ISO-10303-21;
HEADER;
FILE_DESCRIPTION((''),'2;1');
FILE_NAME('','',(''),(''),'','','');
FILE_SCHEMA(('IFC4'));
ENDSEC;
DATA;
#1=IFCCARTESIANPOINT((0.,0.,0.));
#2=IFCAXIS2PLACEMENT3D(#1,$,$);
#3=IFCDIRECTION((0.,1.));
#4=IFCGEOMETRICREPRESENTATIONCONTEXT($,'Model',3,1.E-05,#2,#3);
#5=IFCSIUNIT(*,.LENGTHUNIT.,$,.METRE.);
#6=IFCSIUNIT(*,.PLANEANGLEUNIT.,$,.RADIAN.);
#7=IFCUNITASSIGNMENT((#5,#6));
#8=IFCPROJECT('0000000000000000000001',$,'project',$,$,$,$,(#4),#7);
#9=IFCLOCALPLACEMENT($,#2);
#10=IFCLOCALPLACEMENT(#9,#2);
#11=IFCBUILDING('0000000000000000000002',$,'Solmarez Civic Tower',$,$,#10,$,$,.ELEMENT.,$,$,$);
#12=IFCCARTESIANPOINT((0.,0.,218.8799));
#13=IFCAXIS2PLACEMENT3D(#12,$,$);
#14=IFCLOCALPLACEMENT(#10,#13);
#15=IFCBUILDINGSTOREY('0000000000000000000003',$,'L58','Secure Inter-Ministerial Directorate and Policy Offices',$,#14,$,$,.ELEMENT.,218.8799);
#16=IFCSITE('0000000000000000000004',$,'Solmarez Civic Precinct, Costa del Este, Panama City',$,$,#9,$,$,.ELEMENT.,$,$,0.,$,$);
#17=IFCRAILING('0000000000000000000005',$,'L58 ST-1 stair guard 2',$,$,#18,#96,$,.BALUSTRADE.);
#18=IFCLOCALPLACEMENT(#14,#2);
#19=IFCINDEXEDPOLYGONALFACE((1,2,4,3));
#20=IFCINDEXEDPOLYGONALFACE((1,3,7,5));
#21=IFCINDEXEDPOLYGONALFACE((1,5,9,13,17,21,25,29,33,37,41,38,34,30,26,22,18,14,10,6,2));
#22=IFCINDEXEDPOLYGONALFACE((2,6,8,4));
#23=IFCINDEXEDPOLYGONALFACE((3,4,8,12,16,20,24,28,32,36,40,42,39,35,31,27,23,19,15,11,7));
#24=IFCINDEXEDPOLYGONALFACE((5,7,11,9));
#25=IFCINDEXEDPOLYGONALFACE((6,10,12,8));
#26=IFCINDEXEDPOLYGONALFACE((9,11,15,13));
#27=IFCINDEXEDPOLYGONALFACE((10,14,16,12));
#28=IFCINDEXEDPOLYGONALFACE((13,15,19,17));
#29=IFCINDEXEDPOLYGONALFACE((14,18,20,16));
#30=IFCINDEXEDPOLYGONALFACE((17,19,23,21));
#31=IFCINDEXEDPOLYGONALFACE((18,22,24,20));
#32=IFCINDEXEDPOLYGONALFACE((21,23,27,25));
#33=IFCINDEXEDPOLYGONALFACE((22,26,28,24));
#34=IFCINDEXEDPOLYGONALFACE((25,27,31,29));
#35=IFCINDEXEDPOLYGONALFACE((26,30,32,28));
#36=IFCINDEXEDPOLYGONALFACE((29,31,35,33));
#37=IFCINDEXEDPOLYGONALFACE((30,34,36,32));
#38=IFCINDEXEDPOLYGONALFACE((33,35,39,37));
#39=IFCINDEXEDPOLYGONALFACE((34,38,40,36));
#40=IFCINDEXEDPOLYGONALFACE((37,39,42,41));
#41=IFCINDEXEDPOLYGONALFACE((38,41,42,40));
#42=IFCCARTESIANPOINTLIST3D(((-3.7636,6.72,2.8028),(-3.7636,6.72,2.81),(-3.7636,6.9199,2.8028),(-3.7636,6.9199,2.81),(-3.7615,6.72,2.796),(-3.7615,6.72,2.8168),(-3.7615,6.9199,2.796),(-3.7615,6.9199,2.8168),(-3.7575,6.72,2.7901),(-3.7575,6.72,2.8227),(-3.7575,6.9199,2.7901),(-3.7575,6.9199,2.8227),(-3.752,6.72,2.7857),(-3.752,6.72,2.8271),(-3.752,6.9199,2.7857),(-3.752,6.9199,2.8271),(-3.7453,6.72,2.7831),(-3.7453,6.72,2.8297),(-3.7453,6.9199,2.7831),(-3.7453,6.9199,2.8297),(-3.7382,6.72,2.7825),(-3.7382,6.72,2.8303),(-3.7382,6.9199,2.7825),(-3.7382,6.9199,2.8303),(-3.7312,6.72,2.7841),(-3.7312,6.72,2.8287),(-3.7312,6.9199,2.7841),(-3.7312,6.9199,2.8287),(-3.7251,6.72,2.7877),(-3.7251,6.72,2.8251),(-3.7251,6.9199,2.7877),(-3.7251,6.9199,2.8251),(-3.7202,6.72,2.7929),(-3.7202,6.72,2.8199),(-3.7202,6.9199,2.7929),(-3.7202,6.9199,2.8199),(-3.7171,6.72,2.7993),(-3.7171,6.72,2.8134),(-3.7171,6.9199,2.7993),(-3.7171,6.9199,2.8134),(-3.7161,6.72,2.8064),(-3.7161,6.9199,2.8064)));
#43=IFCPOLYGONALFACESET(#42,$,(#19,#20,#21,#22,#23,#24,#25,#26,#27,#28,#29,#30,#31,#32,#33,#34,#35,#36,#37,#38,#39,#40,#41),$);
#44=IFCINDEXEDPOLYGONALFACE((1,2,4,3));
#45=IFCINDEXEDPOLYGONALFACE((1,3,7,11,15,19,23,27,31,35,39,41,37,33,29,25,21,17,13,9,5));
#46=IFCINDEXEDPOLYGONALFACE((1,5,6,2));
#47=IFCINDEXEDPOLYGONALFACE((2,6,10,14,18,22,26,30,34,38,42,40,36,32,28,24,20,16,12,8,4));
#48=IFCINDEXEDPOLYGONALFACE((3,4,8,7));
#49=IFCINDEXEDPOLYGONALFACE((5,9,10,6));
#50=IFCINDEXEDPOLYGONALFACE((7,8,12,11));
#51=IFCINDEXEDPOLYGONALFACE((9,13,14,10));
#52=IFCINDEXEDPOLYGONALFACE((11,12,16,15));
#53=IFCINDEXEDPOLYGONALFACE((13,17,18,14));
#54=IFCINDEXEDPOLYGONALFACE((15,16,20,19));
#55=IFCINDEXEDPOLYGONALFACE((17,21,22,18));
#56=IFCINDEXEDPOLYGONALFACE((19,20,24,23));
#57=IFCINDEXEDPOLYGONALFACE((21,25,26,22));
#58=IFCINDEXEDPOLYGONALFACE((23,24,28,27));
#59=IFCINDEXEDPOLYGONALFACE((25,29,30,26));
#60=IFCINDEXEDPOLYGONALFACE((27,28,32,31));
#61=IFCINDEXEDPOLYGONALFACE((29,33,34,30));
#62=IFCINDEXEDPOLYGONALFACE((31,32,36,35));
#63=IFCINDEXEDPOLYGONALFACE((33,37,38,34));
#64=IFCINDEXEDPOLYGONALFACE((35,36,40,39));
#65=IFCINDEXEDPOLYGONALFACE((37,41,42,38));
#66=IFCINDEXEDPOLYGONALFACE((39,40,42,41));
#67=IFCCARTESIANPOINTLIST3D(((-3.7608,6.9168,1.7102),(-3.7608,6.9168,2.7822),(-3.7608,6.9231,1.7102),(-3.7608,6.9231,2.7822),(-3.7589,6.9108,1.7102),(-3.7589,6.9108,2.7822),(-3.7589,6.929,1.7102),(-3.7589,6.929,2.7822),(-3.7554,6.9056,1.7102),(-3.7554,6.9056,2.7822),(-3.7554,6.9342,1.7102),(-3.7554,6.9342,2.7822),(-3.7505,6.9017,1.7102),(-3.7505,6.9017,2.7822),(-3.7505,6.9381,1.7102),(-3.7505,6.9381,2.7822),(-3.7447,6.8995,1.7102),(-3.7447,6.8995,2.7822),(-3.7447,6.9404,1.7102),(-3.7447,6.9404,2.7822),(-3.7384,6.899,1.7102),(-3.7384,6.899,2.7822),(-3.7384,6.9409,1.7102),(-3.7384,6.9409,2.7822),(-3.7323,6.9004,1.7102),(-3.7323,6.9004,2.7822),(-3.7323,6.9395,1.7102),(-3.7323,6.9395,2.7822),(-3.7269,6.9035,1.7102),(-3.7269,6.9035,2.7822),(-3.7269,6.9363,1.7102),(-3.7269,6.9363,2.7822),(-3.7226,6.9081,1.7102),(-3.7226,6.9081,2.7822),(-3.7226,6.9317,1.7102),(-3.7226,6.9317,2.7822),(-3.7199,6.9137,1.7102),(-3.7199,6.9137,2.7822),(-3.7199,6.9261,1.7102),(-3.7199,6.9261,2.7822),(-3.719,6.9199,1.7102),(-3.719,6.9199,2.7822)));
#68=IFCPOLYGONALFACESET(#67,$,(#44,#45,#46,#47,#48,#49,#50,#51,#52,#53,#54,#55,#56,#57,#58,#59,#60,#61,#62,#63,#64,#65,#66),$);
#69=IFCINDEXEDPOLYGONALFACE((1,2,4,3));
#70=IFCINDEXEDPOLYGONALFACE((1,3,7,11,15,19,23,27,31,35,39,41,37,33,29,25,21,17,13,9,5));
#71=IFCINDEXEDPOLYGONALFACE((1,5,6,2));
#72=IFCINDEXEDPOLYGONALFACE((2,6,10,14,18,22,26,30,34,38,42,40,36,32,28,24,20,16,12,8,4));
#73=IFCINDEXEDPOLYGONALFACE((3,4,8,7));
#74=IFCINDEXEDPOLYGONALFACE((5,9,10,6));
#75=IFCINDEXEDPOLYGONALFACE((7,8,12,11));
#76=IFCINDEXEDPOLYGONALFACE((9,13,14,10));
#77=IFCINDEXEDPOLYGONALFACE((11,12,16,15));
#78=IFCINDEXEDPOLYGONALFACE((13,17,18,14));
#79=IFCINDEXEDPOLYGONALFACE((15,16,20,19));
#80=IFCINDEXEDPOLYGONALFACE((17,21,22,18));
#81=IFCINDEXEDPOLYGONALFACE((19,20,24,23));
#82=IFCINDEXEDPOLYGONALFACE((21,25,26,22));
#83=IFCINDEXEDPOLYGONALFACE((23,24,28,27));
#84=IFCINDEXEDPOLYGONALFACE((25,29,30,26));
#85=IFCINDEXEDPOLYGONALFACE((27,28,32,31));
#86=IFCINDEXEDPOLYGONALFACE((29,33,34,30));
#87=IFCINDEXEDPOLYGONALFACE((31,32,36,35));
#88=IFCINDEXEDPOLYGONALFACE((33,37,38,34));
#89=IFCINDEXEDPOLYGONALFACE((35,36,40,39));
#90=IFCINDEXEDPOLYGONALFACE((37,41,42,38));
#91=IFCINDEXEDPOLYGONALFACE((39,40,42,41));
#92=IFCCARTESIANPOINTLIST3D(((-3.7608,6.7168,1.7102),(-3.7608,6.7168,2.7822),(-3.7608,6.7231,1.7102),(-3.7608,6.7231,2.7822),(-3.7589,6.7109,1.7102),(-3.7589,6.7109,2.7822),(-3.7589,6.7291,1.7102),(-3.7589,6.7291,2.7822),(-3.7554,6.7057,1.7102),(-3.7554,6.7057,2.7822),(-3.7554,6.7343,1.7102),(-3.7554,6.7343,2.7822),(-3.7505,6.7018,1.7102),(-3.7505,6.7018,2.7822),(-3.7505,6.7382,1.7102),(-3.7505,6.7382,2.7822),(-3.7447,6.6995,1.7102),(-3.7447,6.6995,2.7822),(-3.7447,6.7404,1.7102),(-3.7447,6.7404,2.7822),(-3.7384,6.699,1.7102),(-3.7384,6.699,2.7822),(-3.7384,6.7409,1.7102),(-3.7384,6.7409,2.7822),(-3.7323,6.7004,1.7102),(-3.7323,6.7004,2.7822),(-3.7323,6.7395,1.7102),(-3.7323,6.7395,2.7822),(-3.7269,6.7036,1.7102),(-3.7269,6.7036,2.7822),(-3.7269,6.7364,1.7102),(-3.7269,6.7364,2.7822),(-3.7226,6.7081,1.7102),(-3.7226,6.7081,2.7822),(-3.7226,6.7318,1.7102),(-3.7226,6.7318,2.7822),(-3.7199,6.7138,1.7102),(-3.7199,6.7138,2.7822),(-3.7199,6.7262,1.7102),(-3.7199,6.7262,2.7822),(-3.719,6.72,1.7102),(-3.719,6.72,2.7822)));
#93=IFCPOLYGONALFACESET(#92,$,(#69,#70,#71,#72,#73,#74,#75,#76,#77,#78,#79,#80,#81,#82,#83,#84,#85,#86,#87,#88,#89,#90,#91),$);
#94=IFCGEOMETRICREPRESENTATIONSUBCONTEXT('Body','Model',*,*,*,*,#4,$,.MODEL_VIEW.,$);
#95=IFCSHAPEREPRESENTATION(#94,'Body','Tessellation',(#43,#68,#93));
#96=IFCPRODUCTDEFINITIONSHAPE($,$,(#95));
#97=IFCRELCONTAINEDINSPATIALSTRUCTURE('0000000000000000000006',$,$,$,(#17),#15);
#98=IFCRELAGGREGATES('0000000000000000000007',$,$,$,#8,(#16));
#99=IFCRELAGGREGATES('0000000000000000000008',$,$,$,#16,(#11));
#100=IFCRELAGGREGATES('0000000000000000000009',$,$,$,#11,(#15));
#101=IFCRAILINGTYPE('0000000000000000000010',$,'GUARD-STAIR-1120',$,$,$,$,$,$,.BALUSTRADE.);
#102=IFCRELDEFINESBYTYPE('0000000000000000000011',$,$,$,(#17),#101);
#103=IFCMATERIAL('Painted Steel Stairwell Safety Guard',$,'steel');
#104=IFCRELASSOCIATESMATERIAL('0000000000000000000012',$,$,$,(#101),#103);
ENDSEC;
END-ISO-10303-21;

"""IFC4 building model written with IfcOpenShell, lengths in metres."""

from ifc_helpers import new_model, si_unit, direction, frame, origin, origin_2d, place, context, subcontext, project, spatial, circle, extrude, material, type_object, element, save


model = new_model("IFC4")

# Units and contexts
model_context = context("Model", 3, precision=1e-05, world=origin(), true_north=direction((0.0, 1.0)))
body_context = subcontext(model_context, "Body", "Model", "MODEL_VIEW")
ifc_project = project(units=[si_unit("LENGTHUNIT", "METRE"), si_unit("PLANEANGLEUNIT", "RADIAN")], contexts=[model_context])

# Site, building, storey
site_placement = place(None, origin())
site = spatial("IfcSite", under=ifc_project, at=site_placement, Name="Solmarez Civic Precinct, Costa del Este, Panama City", CompositionType="ELEMENT", RefElevation=0.0)
building_placement = place(site_placement, origin())
building = spatial("IfcBuilding", under=site, at=building_placement, Name="Solmarez Civic Tower", CompositionType="ELEMENT")
storey_placement = place(building_placement, frame((0.0, 0.0, 218.8799)))
storey = spatial("IfcBuildingStorey", under=building, at=storey_placement, Name="L58", Description="Secure Inter-Ministerial Directorate and Policy Offices", CompositionType="ELEMENT", Elevation=218.8799)

# Railing
ifc_material_1 = material(Name="Painted Steel Stairwell Safety Guard", Category="steel")
railing_type_1 = type_object("IfcRailingType", Name="GUARD-STAIR-1120", PredefinedType="BALUSTRADE", material=ifc_material_1)
railing_1_placement = place(storey_placement, frame((-3.74, 6.9199, 1.7102)))
element("IfcRailing", 1, at=railing_1_placement, inside=storey, type_object=railing_type_1, Name="L58 ST-1 stair guard 2", PredefinedType="BALUSTRADE", context=body_context, shape_type="SweptSolid", body=[
    extrude(circle(Radius=0.0239, at=origin_2d()), frame((0.0, 0.0, 1.0962), z_axis=(0.0, -1.0, 0.0), x_axis=(1.0, 0.0, 0.0)), (0.0, 0.0, 1.0), 0.2),
    extrude(circle(Radius=0.021, at=origin_2d()), origin(), (0.0, 0.0, 1.0), 1.072),
    extrude(circle(Radius=0.021, at=origin_2d()), frame((0.0, -0.2, 0.0)), (0.0, 0.0, 1.0), 1.072),
])

save(model, "model.ifc")
